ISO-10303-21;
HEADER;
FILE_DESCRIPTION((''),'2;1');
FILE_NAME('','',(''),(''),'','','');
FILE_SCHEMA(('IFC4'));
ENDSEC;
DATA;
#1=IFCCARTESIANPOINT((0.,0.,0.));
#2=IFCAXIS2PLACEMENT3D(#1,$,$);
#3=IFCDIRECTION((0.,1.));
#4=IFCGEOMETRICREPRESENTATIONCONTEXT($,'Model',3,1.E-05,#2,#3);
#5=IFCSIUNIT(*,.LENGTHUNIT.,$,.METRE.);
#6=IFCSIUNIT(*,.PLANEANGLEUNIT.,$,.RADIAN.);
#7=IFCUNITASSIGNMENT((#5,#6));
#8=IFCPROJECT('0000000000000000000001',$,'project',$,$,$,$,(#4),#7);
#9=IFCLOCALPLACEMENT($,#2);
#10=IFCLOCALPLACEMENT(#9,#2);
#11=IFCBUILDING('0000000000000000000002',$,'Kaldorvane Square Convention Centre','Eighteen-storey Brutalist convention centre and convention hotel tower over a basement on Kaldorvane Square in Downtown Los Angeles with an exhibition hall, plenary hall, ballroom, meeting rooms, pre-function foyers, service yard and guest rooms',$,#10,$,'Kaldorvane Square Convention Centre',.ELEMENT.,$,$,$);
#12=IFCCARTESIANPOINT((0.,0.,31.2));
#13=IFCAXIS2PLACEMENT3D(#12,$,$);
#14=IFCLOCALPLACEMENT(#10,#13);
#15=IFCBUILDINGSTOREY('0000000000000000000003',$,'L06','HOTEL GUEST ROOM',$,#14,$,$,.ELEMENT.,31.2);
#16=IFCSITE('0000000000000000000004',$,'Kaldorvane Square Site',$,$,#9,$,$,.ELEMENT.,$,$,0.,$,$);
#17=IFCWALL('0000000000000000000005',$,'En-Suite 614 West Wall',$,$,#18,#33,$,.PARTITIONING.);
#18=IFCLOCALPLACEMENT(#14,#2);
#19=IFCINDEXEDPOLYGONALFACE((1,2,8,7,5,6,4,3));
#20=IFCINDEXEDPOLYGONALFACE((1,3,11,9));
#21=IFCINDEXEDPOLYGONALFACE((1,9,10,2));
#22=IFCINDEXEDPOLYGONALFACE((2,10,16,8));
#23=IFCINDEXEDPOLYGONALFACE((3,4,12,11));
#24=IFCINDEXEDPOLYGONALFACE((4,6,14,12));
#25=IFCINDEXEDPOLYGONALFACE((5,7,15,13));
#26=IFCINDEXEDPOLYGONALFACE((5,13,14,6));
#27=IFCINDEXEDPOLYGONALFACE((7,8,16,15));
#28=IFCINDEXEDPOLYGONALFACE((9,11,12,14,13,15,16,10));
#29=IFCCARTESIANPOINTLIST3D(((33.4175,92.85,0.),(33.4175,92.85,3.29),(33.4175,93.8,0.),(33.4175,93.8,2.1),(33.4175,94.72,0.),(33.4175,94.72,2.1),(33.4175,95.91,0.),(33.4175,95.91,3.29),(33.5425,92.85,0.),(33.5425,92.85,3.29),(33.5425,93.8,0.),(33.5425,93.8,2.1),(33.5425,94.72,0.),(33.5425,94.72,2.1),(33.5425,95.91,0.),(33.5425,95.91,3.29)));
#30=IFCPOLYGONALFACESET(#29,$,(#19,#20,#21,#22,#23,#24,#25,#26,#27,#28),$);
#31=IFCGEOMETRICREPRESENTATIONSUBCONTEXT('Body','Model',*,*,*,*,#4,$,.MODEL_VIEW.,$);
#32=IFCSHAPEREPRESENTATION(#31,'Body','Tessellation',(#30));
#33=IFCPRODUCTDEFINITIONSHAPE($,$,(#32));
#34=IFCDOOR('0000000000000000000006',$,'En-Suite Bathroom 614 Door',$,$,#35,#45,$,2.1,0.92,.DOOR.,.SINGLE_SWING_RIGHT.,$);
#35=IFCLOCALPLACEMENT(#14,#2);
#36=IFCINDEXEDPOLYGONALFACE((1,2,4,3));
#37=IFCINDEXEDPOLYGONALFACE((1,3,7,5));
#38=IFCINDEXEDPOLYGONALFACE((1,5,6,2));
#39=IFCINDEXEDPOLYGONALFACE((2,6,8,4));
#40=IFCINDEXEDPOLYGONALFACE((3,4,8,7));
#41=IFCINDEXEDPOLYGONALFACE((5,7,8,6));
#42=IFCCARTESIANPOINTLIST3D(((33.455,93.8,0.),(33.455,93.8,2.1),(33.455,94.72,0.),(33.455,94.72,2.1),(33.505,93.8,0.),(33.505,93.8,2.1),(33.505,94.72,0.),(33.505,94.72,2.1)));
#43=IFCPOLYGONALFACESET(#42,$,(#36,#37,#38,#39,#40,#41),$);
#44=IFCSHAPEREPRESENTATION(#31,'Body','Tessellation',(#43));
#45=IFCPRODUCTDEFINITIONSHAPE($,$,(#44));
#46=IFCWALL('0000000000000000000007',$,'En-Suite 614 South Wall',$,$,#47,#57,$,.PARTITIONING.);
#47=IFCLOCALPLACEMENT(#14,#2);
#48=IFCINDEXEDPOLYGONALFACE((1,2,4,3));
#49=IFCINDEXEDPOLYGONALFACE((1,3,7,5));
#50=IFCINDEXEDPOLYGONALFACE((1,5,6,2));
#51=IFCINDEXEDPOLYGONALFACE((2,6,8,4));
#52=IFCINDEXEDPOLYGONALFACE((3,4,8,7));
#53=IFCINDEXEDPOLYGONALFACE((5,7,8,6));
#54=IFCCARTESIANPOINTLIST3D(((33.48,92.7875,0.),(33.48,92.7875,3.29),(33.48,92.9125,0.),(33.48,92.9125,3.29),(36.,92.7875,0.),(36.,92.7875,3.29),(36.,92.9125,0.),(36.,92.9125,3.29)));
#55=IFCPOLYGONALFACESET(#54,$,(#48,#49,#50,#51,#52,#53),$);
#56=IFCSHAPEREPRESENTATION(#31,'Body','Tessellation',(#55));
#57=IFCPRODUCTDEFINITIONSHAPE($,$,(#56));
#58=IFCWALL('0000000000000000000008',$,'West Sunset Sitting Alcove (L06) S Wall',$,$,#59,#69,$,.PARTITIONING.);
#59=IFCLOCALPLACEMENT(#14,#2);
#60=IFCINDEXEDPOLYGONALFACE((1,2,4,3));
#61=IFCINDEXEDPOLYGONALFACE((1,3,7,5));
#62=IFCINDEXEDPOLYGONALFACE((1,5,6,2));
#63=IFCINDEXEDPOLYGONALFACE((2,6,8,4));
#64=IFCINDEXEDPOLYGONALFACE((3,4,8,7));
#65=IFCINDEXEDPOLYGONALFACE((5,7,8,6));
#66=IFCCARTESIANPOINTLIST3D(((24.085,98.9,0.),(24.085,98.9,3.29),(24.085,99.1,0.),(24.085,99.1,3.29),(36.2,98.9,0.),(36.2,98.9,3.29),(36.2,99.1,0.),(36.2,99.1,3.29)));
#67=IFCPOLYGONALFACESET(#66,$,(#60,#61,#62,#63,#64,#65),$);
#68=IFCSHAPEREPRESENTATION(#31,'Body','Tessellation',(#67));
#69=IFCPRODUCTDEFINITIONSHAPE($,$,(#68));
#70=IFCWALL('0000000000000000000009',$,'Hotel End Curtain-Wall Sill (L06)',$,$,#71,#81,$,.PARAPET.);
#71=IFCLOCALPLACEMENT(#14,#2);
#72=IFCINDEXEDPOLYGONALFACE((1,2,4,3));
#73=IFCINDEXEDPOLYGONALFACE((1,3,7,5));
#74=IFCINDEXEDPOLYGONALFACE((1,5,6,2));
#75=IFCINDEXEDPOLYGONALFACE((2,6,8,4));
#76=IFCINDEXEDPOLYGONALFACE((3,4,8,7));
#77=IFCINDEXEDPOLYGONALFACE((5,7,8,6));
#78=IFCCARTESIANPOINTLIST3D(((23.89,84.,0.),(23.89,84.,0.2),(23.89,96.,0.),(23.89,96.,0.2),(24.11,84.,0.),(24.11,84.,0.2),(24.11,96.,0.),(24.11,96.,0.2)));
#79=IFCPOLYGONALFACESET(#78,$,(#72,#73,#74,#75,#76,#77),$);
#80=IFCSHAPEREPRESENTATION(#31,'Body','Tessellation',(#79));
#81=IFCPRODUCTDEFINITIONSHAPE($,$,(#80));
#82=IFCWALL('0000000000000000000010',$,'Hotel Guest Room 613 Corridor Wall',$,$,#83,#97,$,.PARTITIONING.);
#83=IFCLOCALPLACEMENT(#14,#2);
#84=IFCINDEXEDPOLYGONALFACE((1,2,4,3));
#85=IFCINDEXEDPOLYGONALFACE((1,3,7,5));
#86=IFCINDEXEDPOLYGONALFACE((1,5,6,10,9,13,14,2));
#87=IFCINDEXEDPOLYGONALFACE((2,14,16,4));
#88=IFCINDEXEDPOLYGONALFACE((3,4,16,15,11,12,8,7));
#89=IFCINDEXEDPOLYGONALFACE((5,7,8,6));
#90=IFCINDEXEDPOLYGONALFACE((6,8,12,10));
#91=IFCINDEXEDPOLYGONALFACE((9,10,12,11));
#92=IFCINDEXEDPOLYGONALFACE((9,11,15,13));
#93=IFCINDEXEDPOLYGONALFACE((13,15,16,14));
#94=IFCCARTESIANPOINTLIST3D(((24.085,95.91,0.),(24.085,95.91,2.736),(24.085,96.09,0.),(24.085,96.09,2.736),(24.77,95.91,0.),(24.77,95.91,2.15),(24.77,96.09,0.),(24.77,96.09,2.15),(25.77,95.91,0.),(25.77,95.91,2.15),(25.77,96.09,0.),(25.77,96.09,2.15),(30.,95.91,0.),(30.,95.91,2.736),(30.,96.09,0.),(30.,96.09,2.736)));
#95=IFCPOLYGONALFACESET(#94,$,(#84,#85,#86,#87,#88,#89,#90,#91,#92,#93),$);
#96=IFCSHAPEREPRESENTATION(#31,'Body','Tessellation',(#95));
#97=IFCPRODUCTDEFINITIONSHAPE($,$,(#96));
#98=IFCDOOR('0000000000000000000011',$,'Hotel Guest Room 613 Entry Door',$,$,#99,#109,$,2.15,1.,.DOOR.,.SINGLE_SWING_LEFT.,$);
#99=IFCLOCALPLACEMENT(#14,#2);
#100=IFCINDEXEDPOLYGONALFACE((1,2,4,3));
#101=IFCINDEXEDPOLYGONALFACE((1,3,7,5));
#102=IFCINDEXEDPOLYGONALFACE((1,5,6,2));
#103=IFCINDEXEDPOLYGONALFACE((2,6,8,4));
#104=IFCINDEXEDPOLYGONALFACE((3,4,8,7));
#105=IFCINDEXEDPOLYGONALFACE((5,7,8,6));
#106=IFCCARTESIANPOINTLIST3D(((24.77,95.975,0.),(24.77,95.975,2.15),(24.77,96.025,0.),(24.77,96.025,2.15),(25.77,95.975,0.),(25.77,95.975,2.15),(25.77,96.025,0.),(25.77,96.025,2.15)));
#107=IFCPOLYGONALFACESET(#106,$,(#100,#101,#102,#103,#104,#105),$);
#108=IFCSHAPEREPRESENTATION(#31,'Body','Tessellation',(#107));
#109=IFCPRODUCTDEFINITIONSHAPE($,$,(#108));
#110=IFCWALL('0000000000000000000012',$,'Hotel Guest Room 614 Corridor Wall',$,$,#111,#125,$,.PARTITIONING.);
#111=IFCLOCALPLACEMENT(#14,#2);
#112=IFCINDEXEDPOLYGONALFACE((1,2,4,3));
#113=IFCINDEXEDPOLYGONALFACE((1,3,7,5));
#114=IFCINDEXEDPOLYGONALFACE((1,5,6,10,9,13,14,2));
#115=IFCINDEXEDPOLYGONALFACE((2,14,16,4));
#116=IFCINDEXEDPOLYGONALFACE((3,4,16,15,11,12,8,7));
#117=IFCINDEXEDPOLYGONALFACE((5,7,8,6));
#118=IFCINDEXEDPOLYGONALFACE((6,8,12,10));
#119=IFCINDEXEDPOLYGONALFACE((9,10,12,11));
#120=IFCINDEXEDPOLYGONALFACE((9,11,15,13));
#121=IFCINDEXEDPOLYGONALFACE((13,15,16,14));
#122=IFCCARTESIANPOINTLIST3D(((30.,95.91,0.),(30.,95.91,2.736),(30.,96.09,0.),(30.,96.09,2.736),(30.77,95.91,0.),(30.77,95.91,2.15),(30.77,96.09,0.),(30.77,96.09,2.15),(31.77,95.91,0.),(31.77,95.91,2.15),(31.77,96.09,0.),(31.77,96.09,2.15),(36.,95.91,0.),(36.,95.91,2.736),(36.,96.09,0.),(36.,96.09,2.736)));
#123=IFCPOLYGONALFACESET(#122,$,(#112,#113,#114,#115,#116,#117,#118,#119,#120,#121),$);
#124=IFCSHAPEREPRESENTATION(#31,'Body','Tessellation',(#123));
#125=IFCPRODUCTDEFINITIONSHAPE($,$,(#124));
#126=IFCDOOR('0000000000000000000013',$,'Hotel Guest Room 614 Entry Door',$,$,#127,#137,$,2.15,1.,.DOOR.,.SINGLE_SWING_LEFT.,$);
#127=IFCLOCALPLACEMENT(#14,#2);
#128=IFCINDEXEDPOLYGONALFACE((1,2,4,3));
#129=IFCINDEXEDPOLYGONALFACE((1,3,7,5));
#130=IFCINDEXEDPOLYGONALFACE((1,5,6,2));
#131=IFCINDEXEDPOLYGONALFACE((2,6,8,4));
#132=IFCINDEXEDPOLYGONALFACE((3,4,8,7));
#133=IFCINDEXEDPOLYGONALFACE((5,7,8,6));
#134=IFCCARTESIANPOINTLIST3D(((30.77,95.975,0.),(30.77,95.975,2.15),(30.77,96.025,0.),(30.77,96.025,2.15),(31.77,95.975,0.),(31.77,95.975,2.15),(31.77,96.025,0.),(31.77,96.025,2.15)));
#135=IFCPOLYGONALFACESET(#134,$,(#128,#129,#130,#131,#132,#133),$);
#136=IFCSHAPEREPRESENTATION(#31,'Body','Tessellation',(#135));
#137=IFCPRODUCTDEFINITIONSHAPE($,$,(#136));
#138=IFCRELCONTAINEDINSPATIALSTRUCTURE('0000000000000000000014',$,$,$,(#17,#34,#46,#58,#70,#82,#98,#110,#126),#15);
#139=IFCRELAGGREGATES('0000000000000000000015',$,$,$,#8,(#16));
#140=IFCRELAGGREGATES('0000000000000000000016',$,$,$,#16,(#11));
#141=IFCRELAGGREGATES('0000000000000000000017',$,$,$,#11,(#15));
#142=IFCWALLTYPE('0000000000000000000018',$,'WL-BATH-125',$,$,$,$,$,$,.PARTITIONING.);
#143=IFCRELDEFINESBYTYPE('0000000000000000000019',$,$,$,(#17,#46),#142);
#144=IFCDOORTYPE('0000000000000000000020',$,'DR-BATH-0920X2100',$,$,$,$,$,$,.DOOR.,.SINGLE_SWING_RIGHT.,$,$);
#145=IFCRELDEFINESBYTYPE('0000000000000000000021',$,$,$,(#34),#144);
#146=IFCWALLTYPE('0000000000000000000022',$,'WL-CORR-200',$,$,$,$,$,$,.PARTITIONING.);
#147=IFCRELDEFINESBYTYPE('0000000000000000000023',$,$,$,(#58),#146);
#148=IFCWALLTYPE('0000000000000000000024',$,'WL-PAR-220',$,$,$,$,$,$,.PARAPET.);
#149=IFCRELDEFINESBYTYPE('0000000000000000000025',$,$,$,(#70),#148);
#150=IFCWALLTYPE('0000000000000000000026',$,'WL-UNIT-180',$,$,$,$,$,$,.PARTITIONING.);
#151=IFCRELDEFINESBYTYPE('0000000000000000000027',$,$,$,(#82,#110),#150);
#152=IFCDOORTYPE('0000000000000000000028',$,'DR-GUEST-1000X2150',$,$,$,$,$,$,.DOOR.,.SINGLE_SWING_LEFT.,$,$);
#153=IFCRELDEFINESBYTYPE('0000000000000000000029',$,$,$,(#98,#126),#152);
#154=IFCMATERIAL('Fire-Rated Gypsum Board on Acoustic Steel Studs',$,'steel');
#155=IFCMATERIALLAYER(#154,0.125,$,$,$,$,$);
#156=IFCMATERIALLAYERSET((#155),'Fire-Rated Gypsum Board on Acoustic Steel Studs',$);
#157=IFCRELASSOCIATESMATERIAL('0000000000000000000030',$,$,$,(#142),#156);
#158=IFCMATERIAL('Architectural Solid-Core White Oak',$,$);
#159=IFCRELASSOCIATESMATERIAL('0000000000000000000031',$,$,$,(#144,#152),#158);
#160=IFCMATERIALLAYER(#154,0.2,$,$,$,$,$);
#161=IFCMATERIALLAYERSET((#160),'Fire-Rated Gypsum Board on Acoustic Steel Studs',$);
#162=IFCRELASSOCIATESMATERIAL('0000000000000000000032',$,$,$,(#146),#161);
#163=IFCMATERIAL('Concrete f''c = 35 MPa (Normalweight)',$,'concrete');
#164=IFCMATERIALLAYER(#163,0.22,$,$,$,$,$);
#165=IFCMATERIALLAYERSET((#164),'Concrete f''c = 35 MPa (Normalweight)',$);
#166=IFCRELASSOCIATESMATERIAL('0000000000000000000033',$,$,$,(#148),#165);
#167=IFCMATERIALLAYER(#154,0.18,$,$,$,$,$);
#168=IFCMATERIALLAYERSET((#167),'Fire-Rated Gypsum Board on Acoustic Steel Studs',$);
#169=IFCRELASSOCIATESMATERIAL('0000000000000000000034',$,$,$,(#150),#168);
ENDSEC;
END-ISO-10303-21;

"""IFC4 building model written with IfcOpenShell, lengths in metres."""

from ifc_helpers import new_model, si_unit, direction, frame, frame_2d, origin, place, context, subcontext, project, spatial, rectangle, extrude, material, layer, layer_set, type_object, element, fill, save


model = new_model("IFC4")

# Units and contexts
model_context = context("Model", 3, precision=1e-05, world=origin(), true_north=direction((0.0, 1.0)))
body_context = subcontext(model_context, "Body", "Model", "MODEL_VIEW")
ifc_project = project(units=[si_unit("LENGTHUNIT", "METRE"), si_unit("PLANEANGLEUNIT", "RADIAN")], contexts=[model_context])

# Site, building, storey
site_placement = place(None, origin())
site = spatial("IfcSite", under=ifc_project, at=site_placement, Name="Kaldorvane Square Site", CompositionType="ELEMENT", RefElevation=0.0)
building_placement = place(site_placement, origin())
building = spatial("IfcBuilding", under=site, at=building_placement, Name="Kaldorvane Square Convention Centre", Description="Eighteen-storey Brutalist convention centre and convention hotel tower over a basement on Kaldorvane Square in Downtown Los Angeles with an exhibition hall, plenary hall, ballroom, meeting rooms, pre-function foyers, service yard and guest rooms", LongName="Kaldorvane Square Convention Centre", CompositionType="ELEMENT")
storey_placement = place(building_placement, frame((0.0, 0.0, 31.2)))
storey = spatial("IfcBuildingStorey", under=building, at=storey_placement, Name="L06", Description="HOTEL GUEST ROOM", CompositionType="ELEMENT", Elevation=31.2)

# Shared definitions
ifc_material_1 = material(Name="Fire-Rated Gypsum Board on Acoustic Steel Studs", Category="steel")
ifc_layer_1 = layer(ifc_material_1, 0.125)
ifc_layer_set_1 = layer_set([ifc_layer_1], Name="Fire-Rated Gypsum Board on Acoustic Steel Studs")
wall_type_1 = type_object("IfcWallType", Name="WL-BATH-125", PredefinedType="PARTITIONING", material=ifc_layer_set_1)
ifc_material_2 = material(Name="Architectural Solid-Core White Oak")
door_type_1 = type_object("IfcDoorType", Name="DR-BATH-0920X2100", OperationType="SINGLE_SWING_RIGHT", PredefinedType="DOOR", material=ifc_material_2)

# Wall, opening, door
wall_1_placement = place(storey_placement, frame((33.48, 92.85, 0.0), z_axis=(0.0, 0.0, 1.0), x_axis=(0.0, 1.0, 0.0)))
wall_1 = element("IfcWall", 1, at=wall_1_placement, inside=storey, type_object=wall_type_1, Name="En-Suite 614 West Wall", PredefinedType="PARTITIONING", context=body_context, shape_type="SweptSolid", body=[
    extrude(rectangle(XDim=3.06, YDim=0.125, at=frame_2d((1.53, 0.0))), origin(), (0.0, 0.0, 1.0), 3.29),
])
opening_1_placement = place(wall_1_placement, frame((0.95, 0.0, 0.0)))
opening_1 = element("IfcOpeningElement", 2, at=opening_1_placement, cuts=wall_1, PredefinedType="OPENING", context=body_context, shape_type="SweptSolid", body=[
    extrude(rectangle(XDim=0.92, YDim=2.1, at=frame_2d((0.46, 1.05))), frame((0.0, 0.0775, 0.0), z_axis=(0.0, -1.0, 0.0), x_axis=(1.0, 0.0, 0.0)), (0.0, 0.0, 1.0), 0.155),
])
door_1_placement = place(opening_1_placement, origin())
door_1 = element("IfcDoor", 3, at=door_1_placement, inside=storey, type_object=door_type_1, Name="En-Suite Bathroom 614 Door", OperationType="SINGLE_SWING_RIGHT", OverallHeight=2.1, OverallWidth=0.92, PredefinedType="DOOR", context=body_context, shape_type="SweptSolid", body=[
    extrude(rectangle(XDim=0.92, YDim=2.1, at=frame_2d((0.46, 1.05))), frame((0.0, 0.025, 0.0), z_axis=(0.0, -1.0, 0.0), x_axis=(1.0, 0.0, 0.0)), (0.0, 0.0, 1.0), 0.05),
])
fill(opening_1, door_1)

# Walls
wall_2_placement = place(storey_placement, frame((33.48, 92.85, 0.0), z_axis=(0.0, 0.0, 1.0), x_axis=(1.0, 0.0, 0.0)))
element("IfcWall", 4, at=wall_2_placement, inside=storey, type_object=wall_type_1, Name="En-Suite 614 South Wall", PredefinedType="PARTITIONING", context=body_context, shape_type="SweptSolid", body=[
    extrude(rectangle(XDim=2.52, YDim=0.125, at=frame_2d((1.26, 0.0))), origin(), (0.0, 0.0, 1.0), 3.29),
])
ifc_layer_2 = layer(ifc_material_1, 0.2)
ifc_layer_set_2 = layer_set([ifc_layer_2], Name="Fire-Rated Gypsum Board on Acoustic Steel Studs")
wall_type_2 = type_object("IfcWallType", Name="WL-CORR-200", PredefinedType="PARTITIONING", material=ifc_layer_set_2)
wall_3_placement = place(storey_placement, frame((24.085, 99.0, 0.0), z_axis=(0.0, 0.0, 1.0), x_axis=(1.0, 0.0, 0.0)))
element("IfcWall", 5, at=wall_3_placement, inside=storey, type_object=wall_type_2, Name="West Sunset Sitting Alcove (L06) S Wall", PredefinedType="PARTITIONING", context=body_context, shape_type="SweptSolid", body=[
    extrude(rectangle(XDim=12.115, YDim=0.2, at=frame_2d((6.0575, 0.0))), origin(), (0.0, 0.0, 1.0), 3.29),
])
ifc_material_3 = material(Name="Concrete f'c = 35 MPa (Normalweight)", Category="concrete")
ifc_layer_3 = layer(ifc_material_3, 0.22)
ifc_layer_set_3 = layer_set([ifc_layer_3], Name="Concrete f'c = 35 MPa (Normalweight)")
wall_type_3 = type_object("IfcWallType", Name="WL-PAR-220", PredefinedType="PARAPET", material=ifc_layer_set_3)
wall_4_placement = place(storey_placement, frame((24.0, 96.0, 0.0), z_axis=(0.0, 0.0, 1.0), x_axis=(0.0, -1.0, 0.0)))
element("IfcWall", 6, at=wall_4_placement, inside=storey, type_object=wall_type_3, Name="Hotel End Curtain-Wall Sill (L06)", PredefinedType="PARAPET", context=body_context, shape_type="SweptSolid", body=[
    extrude(rectangle(XDim=12.0, YDim=0.22, at=frame_2d((6.0, 0.0))), origin(), (0.0, 0.0, 1.0), 0.2),
])

# Walls, openings, doors
ifc_layer_4 = layer(ifc_material_1, 0.18)
ifc_layer_set_4 = layer_set([ifc_layer_4], Name="Fire-Rated Gypsum Board on Acoustic Steel Studs")
wall_type_4 = type_object("IfcWallType", Name="WL-UNIT-180", PredefinedType="PARTITIONING", material=ifc_layer_set_4)
wall_5_placement = place(storey_placement, frame((24.085, 96.0, 0.0), z_axis=(0.0, 0.0, 1.0), x_axis=(1.0, 0.0, 0.0)))
wall_5 = element("IfcWall", 7, at=wall_5_placement, inside=storey, type_object=wall_type_4, Name="Hotel Guest Room 613 Corridor Wall", PredefinedType="PARTITIONING", context=body_context, shape_type="SweptSolid", body=[
    extrude(rectangle(XDim=5.915, YDim=0.18, at=frame_2d((2.9575, 0.0))), origin(), (0.0, 0.0, 1.0), 2.736),
])
opening_2_placement = place(wall_5_placement, frame((0.685, 0.0, 0.0)))
opening_2 = element("IfcOpeningElement", 8, at=opening_2_placement, cuts=wall_5, PredefinedType="OPENING", context=body_context, shape_type="SweptSolid", body=[
    extrude(rectangle(XDim=1.0, YDim=2.15, at=frame_2d((0.5, 1.075))), frame((0.0, 0.105, 0.0), z_axis=(0.0, -1.0, 0.0), x_axis=(1.0, 0.0, 0.0)), (0.0, 0.0, 1.0), 0.21),
])
door_type_2 = type_object("IfcDoorType", Name="DR-GUEST-1000X2150", OperationType="SINGLE_SWING_LEFT", PredefinedType="DOOR", material=ifc_material_2)
door_2_placement = place(opening_2_placement, origin())
door_2 = element("IfcDoor", 9, at=door_2_placement, inside=storey, type_object=door_type_2, Name="Hotel Guest Room 613 Entry Door", OperationType="SINGLE_SWING_LEFT", OverallHeight=2.15, OverallWidth=1.0, PredefinedType="DOOR", context=body_context, shape_type="SweptSolid", body=[
    extrude(rectangle(XDim=1.0, YDim=2.15, at=frame_2d((0.5, 1.075))), frame((0.0, 0.025, 0.0), z_axis=(0.0, -1.0, 0.0), x_axis=(1.0, 0.0, 0.0)), (0.0, 0.0, 1.0), 0.05),
])
fill(opening_2, door_2)
wall_6_placement = place(storey_placement, frame((30.0, 96.0, 0.0), z_axis=(0.0, 0.0, 1.0), x_axis=(1.0, 0.0, 0.0)))
wall_6 = element("IfcWall", 10, at=wall_6_placement, inside=storey, type_object=wall_type_4, Name="Hotel Guest Room 614 Corridor Wall", PredefinedType="PARTITIONING", context=body_context, shape_type="SweptSolid", body=[
    extrude(rectangle(XDim=6.0, YDim=0.18, at=frame_2d((3.0, 0.0))), origin(), (0.0, 0.0, 1.0), 2.736),
])
opening_3_placement = place(wall_6_placement, frame((0.77, 0.0, 0.0)))
opening_3 = element("IfcOpeningElement", 11, at=opening_3_placement, cuts=wall_6, PredefinedType="OPENING", context=body_context, shape_type="SweptSolid", body=[
    extrude(rectangle(XDim=1.0, YDim=2.15, at=frame_2d((0.5, 1.075))), frame((0.0, 0.105, 0.0), z_axis=(0.0, -1.0, 0.0), x_axis=(1.0, 0.0, 0.0)), (0.0, 0.0, 1.0), 0.21),
])
door_3_placement = place(opening_3_placement, origin())
door_3 = element("IfcDoor", 12, at=door_3_placement, inside=storey, type_object=door_type_2, Name="Hotel Guest Room 614 Entry Door", OperationType="SINGLE_SWING_LEFT", OverallHeight=2.15, OverallWidth=1.0, PredefinedType="DOOR", context=body_context, shape_type="SweptSolid", body=[
    extrude(rectangle(XDim=1.0, YDim=2.15, at=frame_2d((0.5, 1.075))), frame((0.0, 0.025, 0.0), z_axis=(0.0, -1.0, 0.0), x_axis=(1.0, 0.0, 0.0)), (0.0, 0.0, 1.0), 0.05),
])
fill(opening_3, door_3)

save(model, "model.ifc")
